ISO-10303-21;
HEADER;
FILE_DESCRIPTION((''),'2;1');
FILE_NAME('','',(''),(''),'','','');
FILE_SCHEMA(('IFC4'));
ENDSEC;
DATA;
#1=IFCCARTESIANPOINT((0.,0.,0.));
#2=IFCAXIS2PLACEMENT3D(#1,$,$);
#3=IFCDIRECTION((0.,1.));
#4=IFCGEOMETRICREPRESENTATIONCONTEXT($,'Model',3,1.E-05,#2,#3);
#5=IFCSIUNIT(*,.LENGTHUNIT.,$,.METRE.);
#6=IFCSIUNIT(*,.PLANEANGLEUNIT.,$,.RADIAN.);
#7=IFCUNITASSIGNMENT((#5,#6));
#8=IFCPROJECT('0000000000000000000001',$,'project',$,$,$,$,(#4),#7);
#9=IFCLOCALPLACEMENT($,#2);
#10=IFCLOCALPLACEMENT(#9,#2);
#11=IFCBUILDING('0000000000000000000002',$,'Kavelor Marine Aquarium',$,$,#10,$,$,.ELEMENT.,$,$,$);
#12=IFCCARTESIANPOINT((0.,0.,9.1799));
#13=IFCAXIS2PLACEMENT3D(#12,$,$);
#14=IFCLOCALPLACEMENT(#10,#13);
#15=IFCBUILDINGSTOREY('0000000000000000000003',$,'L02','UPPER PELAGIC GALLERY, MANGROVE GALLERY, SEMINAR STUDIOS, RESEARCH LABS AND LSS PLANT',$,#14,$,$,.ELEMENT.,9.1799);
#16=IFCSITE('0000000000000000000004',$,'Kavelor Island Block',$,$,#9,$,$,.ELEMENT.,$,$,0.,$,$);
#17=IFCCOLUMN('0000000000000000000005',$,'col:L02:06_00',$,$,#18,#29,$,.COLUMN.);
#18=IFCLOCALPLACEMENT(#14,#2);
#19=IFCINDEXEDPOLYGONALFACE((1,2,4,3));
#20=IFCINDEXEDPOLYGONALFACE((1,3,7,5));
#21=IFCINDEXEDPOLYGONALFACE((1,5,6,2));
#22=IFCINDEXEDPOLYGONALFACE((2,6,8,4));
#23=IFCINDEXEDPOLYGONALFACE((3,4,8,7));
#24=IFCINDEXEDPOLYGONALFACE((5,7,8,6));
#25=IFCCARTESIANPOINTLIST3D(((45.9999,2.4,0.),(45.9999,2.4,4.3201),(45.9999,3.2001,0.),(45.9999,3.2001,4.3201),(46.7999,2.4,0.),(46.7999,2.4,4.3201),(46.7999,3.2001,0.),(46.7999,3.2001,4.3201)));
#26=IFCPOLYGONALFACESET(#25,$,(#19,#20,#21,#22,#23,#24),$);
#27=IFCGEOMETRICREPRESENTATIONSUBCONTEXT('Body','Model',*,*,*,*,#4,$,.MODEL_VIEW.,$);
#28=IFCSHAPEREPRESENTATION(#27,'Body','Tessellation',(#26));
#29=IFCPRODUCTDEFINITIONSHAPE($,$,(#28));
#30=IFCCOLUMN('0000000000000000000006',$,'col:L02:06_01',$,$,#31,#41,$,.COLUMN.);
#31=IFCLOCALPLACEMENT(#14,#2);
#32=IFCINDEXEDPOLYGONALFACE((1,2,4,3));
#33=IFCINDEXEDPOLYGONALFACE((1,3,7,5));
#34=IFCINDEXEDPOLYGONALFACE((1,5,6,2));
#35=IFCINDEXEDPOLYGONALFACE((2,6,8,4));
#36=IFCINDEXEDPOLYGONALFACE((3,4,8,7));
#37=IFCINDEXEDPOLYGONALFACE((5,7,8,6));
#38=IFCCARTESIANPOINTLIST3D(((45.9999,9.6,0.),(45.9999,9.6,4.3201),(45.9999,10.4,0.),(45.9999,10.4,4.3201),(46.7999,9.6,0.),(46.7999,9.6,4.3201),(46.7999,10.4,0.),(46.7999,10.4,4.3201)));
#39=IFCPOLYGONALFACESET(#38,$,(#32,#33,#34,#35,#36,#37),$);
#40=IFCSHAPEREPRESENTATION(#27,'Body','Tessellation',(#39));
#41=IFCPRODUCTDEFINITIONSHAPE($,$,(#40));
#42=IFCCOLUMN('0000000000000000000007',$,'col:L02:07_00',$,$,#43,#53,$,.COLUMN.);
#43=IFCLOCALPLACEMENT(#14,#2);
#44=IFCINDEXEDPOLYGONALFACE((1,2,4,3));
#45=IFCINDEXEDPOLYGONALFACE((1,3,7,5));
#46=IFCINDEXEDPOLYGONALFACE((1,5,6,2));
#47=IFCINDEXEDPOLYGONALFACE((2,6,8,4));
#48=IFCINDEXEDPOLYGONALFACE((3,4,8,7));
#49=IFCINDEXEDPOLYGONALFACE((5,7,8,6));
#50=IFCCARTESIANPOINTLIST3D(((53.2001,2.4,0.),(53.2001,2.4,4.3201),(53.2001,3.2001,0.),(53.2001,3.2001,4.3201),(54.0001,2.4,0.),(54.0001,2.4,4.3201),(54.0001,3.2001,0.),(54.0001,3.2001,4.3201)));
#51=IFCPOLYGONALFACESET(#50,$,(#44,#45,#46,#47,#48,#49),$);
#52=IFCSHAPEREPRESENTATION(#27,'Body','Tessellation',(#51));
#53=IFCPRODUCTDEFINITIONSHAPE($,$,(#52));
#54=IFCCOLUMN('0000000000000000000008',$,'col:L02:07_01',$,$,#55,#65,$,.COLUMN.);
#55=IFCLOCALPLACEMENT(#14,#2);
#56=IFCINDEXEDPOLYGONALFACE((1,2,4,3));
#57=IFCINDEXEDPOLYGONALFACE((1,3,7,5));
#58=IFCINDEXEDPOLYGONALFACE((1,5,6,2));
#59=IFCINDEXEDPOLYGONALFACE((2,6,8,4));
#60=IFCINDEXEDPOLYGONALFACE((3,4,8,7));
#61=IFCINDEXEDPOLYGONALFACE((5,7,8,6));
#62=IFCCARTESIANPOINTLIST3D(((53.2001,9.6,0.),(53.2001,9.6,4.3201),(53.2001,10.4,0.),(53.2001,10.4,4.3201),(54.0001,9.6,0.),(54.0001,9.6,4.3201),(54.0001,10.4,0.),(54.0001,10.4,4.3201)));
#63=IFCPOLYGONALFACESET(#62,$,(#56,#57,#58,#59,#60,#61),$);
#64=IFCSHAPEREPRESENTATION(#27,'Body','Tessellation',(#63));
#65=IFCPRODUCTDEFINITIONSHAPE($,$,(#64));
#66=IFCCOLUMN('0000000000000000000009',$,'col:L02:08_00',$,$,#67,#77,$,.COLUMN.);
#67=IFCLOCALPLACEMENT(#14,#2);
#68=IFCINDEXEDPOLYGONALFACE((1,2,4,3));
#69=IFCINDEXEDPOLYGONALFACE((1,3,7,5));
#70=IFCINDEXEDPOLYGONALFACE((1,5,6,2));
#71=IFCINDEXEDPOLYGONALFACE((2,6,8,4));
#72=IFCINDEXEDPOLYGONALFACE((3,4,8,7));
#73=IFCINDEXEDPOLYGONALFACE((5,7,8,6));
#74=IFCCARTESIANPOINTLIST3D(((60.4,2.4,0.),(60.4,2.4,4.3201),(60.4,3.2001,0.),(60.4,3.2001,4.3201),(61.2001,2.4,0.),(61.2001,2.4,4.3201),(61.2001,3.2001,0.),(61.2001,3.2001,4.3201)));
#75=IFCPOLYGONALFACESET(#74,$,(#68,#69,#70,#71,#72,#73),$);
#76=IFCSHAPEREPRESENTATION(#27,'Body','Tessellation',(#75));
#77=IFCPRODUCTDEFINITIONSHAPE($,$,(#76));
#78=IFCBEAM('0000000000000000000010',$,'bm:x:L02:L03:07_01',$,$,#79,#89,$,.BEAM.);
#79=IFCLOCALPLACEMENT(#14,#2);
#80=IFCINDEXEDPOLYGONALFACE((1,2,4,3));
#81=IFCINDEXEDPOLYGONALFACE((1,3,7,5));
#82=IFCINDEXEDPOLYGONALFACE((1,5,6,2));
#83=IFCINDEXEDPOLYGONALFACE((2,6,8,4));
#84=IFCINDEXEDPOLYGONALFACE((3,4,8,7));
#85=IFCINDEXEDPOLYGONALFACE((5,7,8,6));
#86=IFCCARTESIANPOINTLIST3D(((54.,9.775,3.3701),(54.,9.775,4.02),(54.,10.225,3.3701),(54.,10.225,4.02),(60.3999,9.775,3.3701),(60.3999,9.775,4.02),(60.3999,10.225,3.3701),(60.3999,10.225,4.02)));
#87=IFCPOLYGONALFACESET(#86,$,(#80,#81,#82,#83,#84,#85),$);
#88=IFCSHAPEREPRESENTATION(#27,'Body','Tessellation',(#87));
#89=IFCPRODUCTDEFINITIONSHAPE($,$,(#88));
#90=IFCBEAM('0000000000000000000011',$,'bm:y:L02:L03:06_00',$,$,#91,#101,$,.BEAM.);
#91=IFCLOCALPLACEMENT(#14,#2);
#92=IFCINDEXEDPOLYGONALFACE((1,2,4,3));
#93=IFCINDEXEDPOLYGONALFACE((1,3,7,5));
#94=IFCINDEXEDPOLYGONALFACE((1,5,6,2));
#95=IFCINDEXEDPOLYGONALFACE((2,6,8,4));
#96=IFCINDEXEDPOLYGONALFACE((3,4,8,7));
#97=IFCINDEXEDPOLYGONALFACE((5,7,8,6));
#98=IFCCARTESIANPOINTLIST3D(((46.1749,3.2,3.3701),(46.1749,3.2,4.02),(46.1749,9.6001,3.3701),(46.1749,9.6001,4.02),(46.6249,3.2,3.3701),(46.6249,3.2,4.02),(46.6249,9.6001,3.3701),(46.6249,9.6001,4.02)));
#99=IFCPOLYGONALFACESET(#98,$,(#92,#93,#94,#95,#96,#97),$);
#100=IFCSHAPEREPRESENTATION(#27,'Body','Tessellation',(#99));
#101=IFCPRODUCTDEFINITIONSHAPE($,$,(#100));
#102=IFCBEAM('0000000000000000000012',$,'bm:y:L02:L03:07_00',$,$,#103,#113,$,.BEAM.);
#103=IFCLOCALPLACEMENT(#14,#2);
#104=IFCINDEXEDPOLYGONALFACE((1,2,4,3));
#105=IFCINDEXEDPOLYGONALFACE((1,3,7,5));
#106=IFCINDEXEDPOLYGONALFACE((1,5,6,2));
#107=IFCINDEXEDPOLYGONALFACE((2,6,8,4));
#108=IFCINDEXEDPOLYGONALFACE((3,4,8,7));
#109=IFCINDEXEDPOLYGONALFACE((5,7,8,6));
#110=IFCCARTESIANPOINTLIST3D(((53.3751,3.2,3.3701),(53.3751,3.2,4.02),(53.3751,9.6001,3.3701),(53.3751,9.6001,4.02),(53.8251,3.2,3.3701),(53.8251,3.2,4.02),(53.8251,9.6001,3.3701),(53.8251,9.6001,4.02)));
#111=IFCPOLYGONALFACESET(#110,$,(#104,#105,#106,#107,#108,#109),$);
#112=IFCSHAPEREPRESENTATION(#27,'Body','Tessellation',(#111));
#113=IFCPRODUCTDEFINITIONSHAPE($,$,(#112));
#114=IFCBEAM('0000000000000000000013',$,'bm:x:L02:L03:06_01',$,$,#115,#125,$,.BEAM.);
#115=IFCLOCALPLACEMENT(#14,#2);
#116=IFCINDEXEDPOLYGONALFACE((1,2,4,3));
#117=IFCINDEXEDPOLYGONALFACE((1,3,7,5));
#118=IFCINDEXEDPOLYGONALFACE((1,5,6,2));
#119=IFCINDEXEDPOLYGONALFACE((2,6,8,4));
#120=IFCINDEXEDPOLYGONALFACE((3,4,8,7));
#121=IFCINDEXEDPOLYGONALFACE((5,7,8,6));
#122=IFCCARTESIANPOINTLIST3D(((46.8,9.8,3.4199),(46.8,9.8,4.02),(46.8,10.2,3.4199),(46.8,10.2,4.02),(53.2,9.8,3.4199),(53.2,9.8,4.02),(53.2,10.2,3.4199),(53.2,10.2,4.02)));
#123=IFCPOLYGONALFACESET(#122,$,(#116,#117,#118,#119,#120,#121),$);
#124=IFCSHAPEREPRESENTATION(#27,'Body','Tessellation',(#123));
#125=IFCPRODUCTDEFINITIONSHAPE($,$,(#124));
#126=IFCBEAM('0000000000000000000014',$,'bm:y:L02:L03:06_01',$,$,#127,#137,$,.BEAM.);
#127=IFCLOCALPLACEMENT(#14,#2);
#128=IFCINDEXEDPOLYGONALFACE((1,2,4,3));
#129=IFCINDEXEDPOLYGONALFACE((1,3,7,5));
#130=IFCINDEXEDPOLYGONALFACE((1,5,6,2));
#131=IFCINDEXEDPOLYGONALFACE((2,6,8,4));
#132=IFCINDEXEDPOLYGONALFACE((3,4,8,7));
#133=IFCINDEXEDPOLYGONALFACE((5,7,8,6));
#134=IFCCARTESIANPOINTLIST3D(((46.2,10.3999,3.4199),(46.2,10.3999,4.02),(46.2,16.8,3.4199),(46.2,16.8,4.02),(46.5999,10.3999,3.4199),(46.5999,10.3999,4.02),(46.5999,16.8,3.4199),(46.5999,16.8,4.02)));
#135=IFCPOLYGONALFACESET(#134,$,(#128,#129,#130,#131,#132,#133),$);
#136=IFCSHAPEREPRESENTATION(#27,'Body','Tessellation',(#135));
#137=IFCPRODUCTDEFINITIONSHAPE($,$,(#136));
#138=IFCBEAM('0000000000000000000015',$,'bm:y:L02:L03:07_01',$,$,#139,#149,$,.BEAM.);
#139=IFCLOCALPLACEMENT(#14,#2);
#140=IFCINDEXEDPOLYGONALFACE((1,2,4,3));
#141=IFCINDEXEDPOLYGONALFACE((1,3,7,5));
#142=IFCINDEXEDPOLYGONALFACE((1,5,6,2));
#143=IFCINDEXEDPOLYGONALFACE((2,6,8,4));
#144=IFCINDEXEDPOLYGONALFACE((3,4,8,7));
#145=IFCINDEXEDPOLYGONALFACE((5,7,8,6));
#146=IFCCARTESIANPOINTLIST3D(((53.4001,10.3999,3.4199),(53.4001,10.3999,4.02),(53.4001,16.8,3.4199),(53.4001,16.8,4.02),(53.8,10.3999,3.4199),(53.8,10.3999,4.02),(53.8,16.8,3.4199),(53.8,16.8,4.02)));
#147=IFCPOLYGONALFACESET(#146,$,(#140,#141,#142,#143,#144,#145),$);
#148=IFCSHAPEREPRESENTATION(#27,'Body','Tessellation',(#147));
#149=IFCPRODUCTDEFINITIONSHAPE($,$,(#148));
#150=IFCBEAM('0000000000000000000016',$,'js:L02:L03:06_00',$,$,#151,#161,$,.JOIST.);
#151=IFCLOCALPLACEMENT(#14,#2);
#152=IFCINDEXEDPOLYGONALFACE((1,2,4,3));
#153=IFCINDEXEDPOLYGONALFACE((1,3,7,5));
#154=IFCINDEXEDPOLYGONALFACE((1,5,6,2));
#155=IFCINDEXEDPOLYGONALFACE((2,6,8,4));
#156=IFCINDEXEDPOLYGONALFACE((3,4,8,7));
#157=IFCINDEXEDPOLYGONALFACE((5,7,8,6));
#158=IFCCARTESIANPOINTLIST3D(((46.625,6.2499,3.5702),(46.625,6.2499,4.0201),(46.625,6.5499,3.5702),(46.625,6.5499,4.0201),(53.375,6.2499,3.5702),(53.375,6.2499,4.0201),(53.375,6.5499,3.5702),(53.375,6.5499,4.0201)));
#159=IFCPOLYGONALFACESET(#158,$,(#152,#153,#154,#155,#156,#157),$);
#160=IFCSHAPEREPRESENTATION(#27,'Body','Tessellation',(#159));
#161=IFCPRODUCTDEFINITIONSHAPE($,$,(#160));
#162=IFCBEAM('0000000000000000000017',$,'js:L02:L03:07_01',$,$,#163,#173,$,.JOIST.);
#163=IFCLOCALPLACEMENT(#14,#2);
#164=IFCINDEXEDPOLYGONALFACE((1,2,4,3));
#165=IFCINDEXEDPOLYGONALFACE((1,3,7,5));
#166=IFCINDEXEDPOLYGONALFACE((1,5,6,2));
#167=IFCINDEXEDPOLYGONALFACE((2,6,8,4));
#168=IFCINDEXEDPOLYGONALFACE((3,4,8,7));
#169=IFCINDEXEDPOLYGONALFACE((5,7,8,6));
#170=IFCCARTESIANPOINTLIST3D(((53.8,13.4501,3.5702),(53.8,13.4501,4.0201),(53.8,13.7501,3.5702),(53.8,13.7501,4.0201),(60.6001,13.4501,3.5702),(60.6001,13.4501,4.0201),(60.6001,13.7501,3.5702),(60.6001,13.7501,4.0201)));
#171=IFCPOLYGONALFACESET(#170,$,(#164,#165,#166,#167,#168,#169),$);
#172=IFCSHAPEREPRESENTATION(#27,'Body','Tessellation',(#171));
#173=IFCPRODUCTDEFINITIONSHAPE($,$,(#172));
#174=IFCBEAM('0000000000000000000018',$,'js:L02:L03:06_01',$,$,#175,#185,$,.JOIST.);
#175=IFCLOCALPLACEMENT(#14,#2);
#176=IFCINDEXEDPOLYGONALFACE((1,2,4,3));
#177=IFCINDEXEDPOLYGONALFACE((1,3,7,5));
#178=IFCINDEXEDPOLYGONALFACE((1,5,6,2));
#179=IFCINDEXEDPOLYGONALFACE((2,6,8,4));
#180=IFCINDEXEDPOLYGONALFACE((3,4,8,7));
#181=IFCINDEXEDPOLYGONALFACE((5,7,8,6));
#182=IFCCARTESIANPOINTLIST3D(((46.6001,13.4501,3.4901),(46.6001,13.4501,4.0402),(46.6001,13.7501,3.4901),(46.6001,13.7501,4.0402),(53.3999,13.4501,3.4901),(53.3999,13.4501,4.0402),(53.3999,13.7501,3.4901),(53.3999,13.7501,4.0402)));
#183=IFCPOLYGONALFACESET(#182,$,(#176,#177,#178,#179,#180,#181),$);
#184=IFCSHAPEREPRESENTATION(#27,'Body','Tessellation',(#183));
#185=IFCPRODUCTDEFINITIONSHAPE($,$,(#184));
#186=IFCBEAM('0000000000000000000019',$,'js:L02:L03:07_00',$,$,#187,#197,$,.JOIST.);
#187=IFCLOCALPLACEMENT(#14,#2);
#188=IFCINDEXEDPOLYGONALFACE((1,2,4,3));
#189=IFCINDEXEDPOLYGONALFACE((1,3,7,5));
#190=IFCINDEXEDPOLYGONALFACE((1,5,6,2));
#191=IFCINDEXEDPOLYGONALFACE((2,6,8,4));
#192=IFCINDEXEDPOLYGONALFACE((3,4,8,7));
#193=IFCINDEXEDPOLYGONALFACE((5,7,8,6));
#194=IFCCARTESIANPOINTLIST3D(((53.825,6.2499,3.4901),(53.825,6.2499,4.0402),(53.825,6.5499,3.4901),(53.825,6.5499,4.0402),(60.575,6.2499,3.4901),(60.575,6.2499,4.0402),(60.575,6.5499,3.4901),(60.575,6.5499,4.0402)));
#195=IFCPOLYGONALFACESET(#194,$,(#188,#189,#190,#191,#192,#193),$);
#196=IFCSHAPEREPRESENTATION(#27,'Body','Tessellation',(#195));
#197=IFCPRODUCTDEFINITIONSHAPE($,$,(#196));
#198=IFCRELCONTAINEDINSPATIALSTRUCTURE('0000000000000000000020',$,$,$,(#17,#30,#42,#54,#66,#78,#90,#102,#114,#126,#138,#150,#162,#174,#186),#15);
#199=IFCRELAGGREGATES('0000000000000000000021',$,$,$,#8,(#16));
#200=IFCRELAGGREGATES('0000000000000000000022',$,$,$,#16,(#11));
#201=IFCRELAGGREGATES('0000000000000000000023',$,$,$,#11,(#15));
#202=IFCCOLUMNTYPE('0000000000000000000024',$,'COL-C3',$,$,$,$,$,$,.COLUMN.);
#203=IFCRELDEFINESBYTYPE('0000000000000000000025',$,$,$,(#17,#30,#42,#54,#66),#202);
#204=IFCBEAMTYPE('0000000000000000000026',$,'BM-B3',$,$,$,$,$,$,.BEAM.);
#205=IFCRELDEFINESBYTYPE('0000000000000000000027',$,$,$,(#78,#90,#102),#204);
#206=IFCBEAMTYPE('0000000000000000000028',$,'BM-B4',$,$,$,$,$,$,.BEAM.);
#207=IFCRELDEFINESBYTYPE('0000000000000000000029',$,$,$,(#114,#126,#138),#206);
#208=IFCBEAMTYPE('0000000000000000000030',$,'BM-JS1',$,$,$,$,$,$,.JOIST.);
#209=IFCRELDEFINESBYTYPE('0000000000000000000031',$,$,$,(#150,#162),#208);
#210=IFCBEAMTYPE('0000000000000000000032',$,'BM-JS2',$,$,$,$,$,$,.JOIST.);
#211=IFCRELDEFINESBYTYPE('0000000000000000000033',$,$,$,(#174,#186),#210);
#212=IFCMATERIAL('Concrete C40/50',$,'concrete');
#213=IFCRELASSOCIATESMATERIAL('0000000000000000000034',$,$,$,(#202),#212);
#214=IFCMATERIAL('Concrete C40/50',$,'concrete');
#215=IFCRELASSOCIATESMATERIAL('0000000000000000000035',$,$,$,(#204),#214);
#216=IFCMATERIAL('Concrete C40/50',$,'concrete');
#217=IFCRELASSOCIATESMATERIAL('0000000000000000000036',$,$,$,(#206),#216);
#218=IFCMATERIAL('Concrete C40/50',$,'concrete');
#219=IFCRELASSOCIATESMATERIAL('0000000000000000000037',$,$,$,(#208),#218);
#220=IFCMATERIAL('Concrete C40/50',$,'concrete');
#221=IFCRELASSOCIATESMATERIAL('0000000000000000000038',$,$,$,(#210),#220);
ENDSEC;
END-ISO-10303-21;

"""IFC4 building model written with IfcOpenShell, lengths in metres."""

from ifc_helpers import new_model, si_unit, direction, frame, origin, origin_2d, place, context, subcontext, project, spatial, rectangle, extrude, material, material_profile, profile_set, type_object, element, save


model = new_model("IFC4")

# Units and contexts
model_context = context("Model", 3, precision=1e-05, world=origin(), true_north=direction((0.0, 1.0)))
body_context = subcontext(model_context, "Body", "Model", "MODEL_VIEW")
ifc_project = project(units=[si_unit("LENGTHUNIT", "METRE"), si_unit("PLANEANGLEUNIT", "RADIAN")], contexts=[model_context])

# Site, building, storey
site_placement = place(None, origin())
site = spatial("IfcSite", under=ifc_project, at=site_placement, Name="Kavelor Island Block", CompositionType="ELEMENT", RefElevation=0.0)
building_placement = place(site_placement, origin())
building = spatial("IfcBuilding", under=site, at=building_placement, Name="Kavelor Marine Aquarium", CompositionType="ELEMENT")
storey_placement = place(building_placement, frame((0.0, 0.0, 9.1799)))
storey = spatial("IfcBuildingStorey", under=building, at=storey_placement, Name="L02", Description="UPPER PELAGIC GALLERY, MANGROVE GALLERY, SEMINAR STUDIOS, RESEARCH LABS AND LSS PLANT", CompositionType="ELEMENT", Elevation=9.1799)

# Columns
ifc_material_1 = material(Name="Concrete C40/50", Category="concrete")
ifc_material_profile_1 = material_profile(ifc_material_1, rectangle(XDim=0.8, YDim=0.8, at=origin_2d()), Name="RC-COL 800x800")
ifc_profile_set_1 = profile_set([ifc_material_profile_1], Name="Concrete C40/50")
column_type = type_object("IfcColumnType", Name="COL-C3", PredefinedType="COLUMN", material=ifc_profile_set_1)
for number, where, z_axis, x_axis, name in (
    (1, (46.3999, 2.8, 0.0), (0.0, 0.0, 1.0), (1.0, 0.0, 0.0), "col:L02:06_00"),
    (2, (46.3999, 10.0, 0.0), (0.0, 0.0, 1.0), (1.0, 0.0, 0.0), "col:L02:06_01"),
    (3, (53.6001, 2.8, 0.0), (0.0, 0.0, 1.0), (1.0, 0.0, 0.0), "col:L02:07_00"),
    (4, (53.6001, 10.0, 0.0), (0.0, 0.0, 1.0), (1.0, 0.0, 0.0), "col:L02:07_01"),
    (5, (60.8, 2.8, 0.0), (0.0, 0.0, 1.0), (1.0, 0.0, 0.0), "col:L02:08_00"),
):
    element("IfcColumn", number, at=place(storey_placement, frame(where, z_axis=z_axis, x_axis=x_axis)), inside=storey, type_object=column_type, Name=name, PredefinedType="COLUMN", context=body_context, shape_type="SweptSolid", body=[
        extrude(rectangle(XDim=0.8, YDim=0.8, at=origin_2d()), origin(), (0.0, 0.0, 1.0), 4.3201),
    ])

# Beams
ifc_material_2 = material(Name="Concrete C40/50", Category="concrete")
ifc_material_profile_2 = material_profile(ifc_material_2, rectangle(XDim=0.45, YDim=0.6499, at=origin_2d()), Name="RC-BM 450x650")
ifc_profile_set_2 = profile_set([ifc_material_profile_2], Name="Concrete C40/50")
beam_type_1 = type_object("IfcBeamType", Name="BM-B3", PredefinedType="BEAM", material=ifc_profile_set_2)
beam_1_placement = place(storey_placement, frame((54.0, 10.0, 3.6951), z_axis=(1.0, 0.0, 0.0), x_axis=(0.0, 1.0, 0.0)))
element("IfcBeam", 6, at=beam_1_placement, inside=storey, type_object=beam_type_1, Name="bm:x:L02:L03:07_01", PredefinedType="BEAM", context=body_context, shape_type="SweptSolid", body=[
    extrude(rectangle(XDim=0.45, YDim=0.6499, at=origin_2d()), origin(), (0.0, 0.0, 1.0), 6.3999),
])
for number, where, z_axis, x_axis, name in (
    (7, (46.3999, 3.2, 3.6951), (0.0, 1.0, 0.0), (-1.0, 0.0, 0.0), "bm:y:L02:L03:06_00"),
    (8, (53.6001, 3.2, 3.6951), (0.0, 1.0, 0.0), (-1.0, 0.0, 0.0), "bm:y:L02:L03:07_00"),
):
    element("IfcBeam", number, at=place(storey_placement, frame(where, z_axis=z_axis, x_axis=x_axis)), inside=storey, type_object=beam_type_1, Name=name, PredefinedType="BEAM", context=body_context, shape_type="SweptSolid", body=[
        extrude(rectangle(XDim=0.45, YDim=0.6499, at=origin_2d()), origin(), (0.0, 0.0, 1.0), 6.4001),
    ])
ifc_material_3 = material(Name="Concrete C40/50", Category="concrete")
ifc_material_profile_3 = material_profile(ifc_material_3, rectangle(XDim=0.3999, YDim=0.6001, at=origin_2d()), Name="RC-BM 400x600")
ifc_profile_set_3 = profile_set([ifc_material_profile_3], Name="Concrete C40/50")
beam_type_2 = type_object("IfcBeamType", Name="BM-B4", PredefinedType="BEAM", material=ifc_profile_set_3)
beam_2_placement = place(storey_placement, frame((46.8, 10.0, 3.72), z_axis=(1.0, 0.0, 0.0), x_axis=(0.0, 1.0, 0.0)))
element("IfcBeam", 9, at=beam_2_placement, inside=storey, type_object=beam_type_2, Name="bm:x:L02:L03:06_01", PredefinedType="BEAM", context=body_context, shape_type="SweptSolid", body=[
    extrude(rectangle(XDim=0.3999, YDim=0.6001, at=origin_2d()), origin(), (0.0, 0.0, 1.0), 6.3999),
])
for number, where, z_axis, x_axis, name in (
    (10, (46.3999, 10.3999, 3.72), (0.0, 1.0, 0.0), (-1.0, 0.0, 0.0), "bm:y:L02:L03:06_01"),
    (11, (53.6001, 10.3999, 3.72), (0.0, 1.0, 0.0), (-1.0, 0.0, 0.0), "bm:y:L02:L03:07_01"),
):
    element("IfcBeam", number, at=place(storey_placement, frame(where, z_axis=z_axis, x_axis=x_axis)), inside=storey, type_object=beam_type_2, Name=name, PredefinedType="BEAM", context=body_context, shape_type="SweptSolid", body=[
        extrude(rectangle(XDim=0.3999, YDim=0.6001, at=origin_2d()), origin(), (0.0, 0.0, 1.0), 6.4001),
    ])
ifc_material_4 = material(Name="Concrete C40/50", Category="concrete")
ifc_material_profile_4 = material_profile(ifc_material_4, rectangle(XDim=0.3, YDim=0.45, at=origin_2d()), Name="RC-JS 300x450")
ifc_profile_set_4 = profile_set([ifc_material_profile_4], Name="Concrete C40/50")
beam_type_3 = type_object("IfcBeamType", Name="BM-JS1", PredefinedType="JOIST", material=ifc_profile_set_4)
beam_3_placement = place(storey_placement, frame((46.625, 6.3999, 3.7952), z_axis=(1.0, 0.0, 0.0), x_axis=(0.0, 1.0, 0.0)))
element("IfcBeam", 12, at=beam_3_placement, inside=storey, type_object=beam_type_3, Name="js:L02:L03:06_00", PredefinedType="JOIST", context=body_context, shape_type="SweptSolid", body=[
    extrude(rectangle(XDim=0.3, YDim=0.45, at=origin_2d()), origin(), (0.0, 0.0, 1.0), 6.75),
])
beam_4_placement = place(storey_placement, frame((53.8, 13.6001, 3.7952), z_axis=(1.0, 0.0, 0.0), x_axis=(0.0, 1.0, 0.0)))
element("IfcBeam", 13, at=beam_4_placement, inside=storey, type_object=beam_type_3, Name="js:L02:L03:07_01", PredefinedType="JOIST", context=body_context, shape_type="SweptSolid", body=[
    extrude(rectangle(XDim=0.3, YDim=0.45, at=origin_2d()), origin(), (0.0, 0.0, 1.0), 6.8),
])
ifc_material_5 = material(Name="Concrete C40/50", Category="concrete")
ifc_material_profile_5 = material_profile(ifc_material_5, rectangle(XDim=0.3, YDim=0.55, at=origin_2d()), Name="RC-JS 300x550")
ifc_profile_set_5 = profile_set([ifc_material_profile_5], Name="Concrete C40/50")
beam_type_4 = type_object("IfcBeamType", Name="BM-JS2", PredefinedType="JOIST", material=ifc_profile_set_5)
beam_5_placement = place(storey_placement, frame((46.6001, 13.6001, 3.7651), z_axis=(1.0, 0.0, 0.0), x_axis=(0.0, 1.0, 0.0)))
element("IfcBeam", 14, at=beam_5_placement, inside=storey, type_object=beam_type_4, Name="js:L02:L03:06_01", PredefinedType="JOIST", context=body_context, shape_type="SweptSolid", body=[
    extrude(rectangle(XDim=0.3, YDim=0.55, at=origin_2d()), origin(), (0.0, 0.0, 1.0), 6.7998),
])
beam_6_placement = place(storey_placement, frame((53.825, 6.3999, 3.7651), z_axis=(1.0, 0.0, 0.0), x_axis=(0.0, 1.0, 0.0)))
element("IfcBeam", 15, at=beam_6_placement, inside=storey, type_object=beam_type_4, Name="js:L02:L03:07_00", PredefinedType="JOIST", context=body_context, shape_type="SweptSolid", body=[
    extrude(rectangle(XDim=0.3, YDim=0.55, at=origin_2d()), origin(), (0.0, 0.0, 1.0), 6.75),
])

save(model, "model.ifc")
